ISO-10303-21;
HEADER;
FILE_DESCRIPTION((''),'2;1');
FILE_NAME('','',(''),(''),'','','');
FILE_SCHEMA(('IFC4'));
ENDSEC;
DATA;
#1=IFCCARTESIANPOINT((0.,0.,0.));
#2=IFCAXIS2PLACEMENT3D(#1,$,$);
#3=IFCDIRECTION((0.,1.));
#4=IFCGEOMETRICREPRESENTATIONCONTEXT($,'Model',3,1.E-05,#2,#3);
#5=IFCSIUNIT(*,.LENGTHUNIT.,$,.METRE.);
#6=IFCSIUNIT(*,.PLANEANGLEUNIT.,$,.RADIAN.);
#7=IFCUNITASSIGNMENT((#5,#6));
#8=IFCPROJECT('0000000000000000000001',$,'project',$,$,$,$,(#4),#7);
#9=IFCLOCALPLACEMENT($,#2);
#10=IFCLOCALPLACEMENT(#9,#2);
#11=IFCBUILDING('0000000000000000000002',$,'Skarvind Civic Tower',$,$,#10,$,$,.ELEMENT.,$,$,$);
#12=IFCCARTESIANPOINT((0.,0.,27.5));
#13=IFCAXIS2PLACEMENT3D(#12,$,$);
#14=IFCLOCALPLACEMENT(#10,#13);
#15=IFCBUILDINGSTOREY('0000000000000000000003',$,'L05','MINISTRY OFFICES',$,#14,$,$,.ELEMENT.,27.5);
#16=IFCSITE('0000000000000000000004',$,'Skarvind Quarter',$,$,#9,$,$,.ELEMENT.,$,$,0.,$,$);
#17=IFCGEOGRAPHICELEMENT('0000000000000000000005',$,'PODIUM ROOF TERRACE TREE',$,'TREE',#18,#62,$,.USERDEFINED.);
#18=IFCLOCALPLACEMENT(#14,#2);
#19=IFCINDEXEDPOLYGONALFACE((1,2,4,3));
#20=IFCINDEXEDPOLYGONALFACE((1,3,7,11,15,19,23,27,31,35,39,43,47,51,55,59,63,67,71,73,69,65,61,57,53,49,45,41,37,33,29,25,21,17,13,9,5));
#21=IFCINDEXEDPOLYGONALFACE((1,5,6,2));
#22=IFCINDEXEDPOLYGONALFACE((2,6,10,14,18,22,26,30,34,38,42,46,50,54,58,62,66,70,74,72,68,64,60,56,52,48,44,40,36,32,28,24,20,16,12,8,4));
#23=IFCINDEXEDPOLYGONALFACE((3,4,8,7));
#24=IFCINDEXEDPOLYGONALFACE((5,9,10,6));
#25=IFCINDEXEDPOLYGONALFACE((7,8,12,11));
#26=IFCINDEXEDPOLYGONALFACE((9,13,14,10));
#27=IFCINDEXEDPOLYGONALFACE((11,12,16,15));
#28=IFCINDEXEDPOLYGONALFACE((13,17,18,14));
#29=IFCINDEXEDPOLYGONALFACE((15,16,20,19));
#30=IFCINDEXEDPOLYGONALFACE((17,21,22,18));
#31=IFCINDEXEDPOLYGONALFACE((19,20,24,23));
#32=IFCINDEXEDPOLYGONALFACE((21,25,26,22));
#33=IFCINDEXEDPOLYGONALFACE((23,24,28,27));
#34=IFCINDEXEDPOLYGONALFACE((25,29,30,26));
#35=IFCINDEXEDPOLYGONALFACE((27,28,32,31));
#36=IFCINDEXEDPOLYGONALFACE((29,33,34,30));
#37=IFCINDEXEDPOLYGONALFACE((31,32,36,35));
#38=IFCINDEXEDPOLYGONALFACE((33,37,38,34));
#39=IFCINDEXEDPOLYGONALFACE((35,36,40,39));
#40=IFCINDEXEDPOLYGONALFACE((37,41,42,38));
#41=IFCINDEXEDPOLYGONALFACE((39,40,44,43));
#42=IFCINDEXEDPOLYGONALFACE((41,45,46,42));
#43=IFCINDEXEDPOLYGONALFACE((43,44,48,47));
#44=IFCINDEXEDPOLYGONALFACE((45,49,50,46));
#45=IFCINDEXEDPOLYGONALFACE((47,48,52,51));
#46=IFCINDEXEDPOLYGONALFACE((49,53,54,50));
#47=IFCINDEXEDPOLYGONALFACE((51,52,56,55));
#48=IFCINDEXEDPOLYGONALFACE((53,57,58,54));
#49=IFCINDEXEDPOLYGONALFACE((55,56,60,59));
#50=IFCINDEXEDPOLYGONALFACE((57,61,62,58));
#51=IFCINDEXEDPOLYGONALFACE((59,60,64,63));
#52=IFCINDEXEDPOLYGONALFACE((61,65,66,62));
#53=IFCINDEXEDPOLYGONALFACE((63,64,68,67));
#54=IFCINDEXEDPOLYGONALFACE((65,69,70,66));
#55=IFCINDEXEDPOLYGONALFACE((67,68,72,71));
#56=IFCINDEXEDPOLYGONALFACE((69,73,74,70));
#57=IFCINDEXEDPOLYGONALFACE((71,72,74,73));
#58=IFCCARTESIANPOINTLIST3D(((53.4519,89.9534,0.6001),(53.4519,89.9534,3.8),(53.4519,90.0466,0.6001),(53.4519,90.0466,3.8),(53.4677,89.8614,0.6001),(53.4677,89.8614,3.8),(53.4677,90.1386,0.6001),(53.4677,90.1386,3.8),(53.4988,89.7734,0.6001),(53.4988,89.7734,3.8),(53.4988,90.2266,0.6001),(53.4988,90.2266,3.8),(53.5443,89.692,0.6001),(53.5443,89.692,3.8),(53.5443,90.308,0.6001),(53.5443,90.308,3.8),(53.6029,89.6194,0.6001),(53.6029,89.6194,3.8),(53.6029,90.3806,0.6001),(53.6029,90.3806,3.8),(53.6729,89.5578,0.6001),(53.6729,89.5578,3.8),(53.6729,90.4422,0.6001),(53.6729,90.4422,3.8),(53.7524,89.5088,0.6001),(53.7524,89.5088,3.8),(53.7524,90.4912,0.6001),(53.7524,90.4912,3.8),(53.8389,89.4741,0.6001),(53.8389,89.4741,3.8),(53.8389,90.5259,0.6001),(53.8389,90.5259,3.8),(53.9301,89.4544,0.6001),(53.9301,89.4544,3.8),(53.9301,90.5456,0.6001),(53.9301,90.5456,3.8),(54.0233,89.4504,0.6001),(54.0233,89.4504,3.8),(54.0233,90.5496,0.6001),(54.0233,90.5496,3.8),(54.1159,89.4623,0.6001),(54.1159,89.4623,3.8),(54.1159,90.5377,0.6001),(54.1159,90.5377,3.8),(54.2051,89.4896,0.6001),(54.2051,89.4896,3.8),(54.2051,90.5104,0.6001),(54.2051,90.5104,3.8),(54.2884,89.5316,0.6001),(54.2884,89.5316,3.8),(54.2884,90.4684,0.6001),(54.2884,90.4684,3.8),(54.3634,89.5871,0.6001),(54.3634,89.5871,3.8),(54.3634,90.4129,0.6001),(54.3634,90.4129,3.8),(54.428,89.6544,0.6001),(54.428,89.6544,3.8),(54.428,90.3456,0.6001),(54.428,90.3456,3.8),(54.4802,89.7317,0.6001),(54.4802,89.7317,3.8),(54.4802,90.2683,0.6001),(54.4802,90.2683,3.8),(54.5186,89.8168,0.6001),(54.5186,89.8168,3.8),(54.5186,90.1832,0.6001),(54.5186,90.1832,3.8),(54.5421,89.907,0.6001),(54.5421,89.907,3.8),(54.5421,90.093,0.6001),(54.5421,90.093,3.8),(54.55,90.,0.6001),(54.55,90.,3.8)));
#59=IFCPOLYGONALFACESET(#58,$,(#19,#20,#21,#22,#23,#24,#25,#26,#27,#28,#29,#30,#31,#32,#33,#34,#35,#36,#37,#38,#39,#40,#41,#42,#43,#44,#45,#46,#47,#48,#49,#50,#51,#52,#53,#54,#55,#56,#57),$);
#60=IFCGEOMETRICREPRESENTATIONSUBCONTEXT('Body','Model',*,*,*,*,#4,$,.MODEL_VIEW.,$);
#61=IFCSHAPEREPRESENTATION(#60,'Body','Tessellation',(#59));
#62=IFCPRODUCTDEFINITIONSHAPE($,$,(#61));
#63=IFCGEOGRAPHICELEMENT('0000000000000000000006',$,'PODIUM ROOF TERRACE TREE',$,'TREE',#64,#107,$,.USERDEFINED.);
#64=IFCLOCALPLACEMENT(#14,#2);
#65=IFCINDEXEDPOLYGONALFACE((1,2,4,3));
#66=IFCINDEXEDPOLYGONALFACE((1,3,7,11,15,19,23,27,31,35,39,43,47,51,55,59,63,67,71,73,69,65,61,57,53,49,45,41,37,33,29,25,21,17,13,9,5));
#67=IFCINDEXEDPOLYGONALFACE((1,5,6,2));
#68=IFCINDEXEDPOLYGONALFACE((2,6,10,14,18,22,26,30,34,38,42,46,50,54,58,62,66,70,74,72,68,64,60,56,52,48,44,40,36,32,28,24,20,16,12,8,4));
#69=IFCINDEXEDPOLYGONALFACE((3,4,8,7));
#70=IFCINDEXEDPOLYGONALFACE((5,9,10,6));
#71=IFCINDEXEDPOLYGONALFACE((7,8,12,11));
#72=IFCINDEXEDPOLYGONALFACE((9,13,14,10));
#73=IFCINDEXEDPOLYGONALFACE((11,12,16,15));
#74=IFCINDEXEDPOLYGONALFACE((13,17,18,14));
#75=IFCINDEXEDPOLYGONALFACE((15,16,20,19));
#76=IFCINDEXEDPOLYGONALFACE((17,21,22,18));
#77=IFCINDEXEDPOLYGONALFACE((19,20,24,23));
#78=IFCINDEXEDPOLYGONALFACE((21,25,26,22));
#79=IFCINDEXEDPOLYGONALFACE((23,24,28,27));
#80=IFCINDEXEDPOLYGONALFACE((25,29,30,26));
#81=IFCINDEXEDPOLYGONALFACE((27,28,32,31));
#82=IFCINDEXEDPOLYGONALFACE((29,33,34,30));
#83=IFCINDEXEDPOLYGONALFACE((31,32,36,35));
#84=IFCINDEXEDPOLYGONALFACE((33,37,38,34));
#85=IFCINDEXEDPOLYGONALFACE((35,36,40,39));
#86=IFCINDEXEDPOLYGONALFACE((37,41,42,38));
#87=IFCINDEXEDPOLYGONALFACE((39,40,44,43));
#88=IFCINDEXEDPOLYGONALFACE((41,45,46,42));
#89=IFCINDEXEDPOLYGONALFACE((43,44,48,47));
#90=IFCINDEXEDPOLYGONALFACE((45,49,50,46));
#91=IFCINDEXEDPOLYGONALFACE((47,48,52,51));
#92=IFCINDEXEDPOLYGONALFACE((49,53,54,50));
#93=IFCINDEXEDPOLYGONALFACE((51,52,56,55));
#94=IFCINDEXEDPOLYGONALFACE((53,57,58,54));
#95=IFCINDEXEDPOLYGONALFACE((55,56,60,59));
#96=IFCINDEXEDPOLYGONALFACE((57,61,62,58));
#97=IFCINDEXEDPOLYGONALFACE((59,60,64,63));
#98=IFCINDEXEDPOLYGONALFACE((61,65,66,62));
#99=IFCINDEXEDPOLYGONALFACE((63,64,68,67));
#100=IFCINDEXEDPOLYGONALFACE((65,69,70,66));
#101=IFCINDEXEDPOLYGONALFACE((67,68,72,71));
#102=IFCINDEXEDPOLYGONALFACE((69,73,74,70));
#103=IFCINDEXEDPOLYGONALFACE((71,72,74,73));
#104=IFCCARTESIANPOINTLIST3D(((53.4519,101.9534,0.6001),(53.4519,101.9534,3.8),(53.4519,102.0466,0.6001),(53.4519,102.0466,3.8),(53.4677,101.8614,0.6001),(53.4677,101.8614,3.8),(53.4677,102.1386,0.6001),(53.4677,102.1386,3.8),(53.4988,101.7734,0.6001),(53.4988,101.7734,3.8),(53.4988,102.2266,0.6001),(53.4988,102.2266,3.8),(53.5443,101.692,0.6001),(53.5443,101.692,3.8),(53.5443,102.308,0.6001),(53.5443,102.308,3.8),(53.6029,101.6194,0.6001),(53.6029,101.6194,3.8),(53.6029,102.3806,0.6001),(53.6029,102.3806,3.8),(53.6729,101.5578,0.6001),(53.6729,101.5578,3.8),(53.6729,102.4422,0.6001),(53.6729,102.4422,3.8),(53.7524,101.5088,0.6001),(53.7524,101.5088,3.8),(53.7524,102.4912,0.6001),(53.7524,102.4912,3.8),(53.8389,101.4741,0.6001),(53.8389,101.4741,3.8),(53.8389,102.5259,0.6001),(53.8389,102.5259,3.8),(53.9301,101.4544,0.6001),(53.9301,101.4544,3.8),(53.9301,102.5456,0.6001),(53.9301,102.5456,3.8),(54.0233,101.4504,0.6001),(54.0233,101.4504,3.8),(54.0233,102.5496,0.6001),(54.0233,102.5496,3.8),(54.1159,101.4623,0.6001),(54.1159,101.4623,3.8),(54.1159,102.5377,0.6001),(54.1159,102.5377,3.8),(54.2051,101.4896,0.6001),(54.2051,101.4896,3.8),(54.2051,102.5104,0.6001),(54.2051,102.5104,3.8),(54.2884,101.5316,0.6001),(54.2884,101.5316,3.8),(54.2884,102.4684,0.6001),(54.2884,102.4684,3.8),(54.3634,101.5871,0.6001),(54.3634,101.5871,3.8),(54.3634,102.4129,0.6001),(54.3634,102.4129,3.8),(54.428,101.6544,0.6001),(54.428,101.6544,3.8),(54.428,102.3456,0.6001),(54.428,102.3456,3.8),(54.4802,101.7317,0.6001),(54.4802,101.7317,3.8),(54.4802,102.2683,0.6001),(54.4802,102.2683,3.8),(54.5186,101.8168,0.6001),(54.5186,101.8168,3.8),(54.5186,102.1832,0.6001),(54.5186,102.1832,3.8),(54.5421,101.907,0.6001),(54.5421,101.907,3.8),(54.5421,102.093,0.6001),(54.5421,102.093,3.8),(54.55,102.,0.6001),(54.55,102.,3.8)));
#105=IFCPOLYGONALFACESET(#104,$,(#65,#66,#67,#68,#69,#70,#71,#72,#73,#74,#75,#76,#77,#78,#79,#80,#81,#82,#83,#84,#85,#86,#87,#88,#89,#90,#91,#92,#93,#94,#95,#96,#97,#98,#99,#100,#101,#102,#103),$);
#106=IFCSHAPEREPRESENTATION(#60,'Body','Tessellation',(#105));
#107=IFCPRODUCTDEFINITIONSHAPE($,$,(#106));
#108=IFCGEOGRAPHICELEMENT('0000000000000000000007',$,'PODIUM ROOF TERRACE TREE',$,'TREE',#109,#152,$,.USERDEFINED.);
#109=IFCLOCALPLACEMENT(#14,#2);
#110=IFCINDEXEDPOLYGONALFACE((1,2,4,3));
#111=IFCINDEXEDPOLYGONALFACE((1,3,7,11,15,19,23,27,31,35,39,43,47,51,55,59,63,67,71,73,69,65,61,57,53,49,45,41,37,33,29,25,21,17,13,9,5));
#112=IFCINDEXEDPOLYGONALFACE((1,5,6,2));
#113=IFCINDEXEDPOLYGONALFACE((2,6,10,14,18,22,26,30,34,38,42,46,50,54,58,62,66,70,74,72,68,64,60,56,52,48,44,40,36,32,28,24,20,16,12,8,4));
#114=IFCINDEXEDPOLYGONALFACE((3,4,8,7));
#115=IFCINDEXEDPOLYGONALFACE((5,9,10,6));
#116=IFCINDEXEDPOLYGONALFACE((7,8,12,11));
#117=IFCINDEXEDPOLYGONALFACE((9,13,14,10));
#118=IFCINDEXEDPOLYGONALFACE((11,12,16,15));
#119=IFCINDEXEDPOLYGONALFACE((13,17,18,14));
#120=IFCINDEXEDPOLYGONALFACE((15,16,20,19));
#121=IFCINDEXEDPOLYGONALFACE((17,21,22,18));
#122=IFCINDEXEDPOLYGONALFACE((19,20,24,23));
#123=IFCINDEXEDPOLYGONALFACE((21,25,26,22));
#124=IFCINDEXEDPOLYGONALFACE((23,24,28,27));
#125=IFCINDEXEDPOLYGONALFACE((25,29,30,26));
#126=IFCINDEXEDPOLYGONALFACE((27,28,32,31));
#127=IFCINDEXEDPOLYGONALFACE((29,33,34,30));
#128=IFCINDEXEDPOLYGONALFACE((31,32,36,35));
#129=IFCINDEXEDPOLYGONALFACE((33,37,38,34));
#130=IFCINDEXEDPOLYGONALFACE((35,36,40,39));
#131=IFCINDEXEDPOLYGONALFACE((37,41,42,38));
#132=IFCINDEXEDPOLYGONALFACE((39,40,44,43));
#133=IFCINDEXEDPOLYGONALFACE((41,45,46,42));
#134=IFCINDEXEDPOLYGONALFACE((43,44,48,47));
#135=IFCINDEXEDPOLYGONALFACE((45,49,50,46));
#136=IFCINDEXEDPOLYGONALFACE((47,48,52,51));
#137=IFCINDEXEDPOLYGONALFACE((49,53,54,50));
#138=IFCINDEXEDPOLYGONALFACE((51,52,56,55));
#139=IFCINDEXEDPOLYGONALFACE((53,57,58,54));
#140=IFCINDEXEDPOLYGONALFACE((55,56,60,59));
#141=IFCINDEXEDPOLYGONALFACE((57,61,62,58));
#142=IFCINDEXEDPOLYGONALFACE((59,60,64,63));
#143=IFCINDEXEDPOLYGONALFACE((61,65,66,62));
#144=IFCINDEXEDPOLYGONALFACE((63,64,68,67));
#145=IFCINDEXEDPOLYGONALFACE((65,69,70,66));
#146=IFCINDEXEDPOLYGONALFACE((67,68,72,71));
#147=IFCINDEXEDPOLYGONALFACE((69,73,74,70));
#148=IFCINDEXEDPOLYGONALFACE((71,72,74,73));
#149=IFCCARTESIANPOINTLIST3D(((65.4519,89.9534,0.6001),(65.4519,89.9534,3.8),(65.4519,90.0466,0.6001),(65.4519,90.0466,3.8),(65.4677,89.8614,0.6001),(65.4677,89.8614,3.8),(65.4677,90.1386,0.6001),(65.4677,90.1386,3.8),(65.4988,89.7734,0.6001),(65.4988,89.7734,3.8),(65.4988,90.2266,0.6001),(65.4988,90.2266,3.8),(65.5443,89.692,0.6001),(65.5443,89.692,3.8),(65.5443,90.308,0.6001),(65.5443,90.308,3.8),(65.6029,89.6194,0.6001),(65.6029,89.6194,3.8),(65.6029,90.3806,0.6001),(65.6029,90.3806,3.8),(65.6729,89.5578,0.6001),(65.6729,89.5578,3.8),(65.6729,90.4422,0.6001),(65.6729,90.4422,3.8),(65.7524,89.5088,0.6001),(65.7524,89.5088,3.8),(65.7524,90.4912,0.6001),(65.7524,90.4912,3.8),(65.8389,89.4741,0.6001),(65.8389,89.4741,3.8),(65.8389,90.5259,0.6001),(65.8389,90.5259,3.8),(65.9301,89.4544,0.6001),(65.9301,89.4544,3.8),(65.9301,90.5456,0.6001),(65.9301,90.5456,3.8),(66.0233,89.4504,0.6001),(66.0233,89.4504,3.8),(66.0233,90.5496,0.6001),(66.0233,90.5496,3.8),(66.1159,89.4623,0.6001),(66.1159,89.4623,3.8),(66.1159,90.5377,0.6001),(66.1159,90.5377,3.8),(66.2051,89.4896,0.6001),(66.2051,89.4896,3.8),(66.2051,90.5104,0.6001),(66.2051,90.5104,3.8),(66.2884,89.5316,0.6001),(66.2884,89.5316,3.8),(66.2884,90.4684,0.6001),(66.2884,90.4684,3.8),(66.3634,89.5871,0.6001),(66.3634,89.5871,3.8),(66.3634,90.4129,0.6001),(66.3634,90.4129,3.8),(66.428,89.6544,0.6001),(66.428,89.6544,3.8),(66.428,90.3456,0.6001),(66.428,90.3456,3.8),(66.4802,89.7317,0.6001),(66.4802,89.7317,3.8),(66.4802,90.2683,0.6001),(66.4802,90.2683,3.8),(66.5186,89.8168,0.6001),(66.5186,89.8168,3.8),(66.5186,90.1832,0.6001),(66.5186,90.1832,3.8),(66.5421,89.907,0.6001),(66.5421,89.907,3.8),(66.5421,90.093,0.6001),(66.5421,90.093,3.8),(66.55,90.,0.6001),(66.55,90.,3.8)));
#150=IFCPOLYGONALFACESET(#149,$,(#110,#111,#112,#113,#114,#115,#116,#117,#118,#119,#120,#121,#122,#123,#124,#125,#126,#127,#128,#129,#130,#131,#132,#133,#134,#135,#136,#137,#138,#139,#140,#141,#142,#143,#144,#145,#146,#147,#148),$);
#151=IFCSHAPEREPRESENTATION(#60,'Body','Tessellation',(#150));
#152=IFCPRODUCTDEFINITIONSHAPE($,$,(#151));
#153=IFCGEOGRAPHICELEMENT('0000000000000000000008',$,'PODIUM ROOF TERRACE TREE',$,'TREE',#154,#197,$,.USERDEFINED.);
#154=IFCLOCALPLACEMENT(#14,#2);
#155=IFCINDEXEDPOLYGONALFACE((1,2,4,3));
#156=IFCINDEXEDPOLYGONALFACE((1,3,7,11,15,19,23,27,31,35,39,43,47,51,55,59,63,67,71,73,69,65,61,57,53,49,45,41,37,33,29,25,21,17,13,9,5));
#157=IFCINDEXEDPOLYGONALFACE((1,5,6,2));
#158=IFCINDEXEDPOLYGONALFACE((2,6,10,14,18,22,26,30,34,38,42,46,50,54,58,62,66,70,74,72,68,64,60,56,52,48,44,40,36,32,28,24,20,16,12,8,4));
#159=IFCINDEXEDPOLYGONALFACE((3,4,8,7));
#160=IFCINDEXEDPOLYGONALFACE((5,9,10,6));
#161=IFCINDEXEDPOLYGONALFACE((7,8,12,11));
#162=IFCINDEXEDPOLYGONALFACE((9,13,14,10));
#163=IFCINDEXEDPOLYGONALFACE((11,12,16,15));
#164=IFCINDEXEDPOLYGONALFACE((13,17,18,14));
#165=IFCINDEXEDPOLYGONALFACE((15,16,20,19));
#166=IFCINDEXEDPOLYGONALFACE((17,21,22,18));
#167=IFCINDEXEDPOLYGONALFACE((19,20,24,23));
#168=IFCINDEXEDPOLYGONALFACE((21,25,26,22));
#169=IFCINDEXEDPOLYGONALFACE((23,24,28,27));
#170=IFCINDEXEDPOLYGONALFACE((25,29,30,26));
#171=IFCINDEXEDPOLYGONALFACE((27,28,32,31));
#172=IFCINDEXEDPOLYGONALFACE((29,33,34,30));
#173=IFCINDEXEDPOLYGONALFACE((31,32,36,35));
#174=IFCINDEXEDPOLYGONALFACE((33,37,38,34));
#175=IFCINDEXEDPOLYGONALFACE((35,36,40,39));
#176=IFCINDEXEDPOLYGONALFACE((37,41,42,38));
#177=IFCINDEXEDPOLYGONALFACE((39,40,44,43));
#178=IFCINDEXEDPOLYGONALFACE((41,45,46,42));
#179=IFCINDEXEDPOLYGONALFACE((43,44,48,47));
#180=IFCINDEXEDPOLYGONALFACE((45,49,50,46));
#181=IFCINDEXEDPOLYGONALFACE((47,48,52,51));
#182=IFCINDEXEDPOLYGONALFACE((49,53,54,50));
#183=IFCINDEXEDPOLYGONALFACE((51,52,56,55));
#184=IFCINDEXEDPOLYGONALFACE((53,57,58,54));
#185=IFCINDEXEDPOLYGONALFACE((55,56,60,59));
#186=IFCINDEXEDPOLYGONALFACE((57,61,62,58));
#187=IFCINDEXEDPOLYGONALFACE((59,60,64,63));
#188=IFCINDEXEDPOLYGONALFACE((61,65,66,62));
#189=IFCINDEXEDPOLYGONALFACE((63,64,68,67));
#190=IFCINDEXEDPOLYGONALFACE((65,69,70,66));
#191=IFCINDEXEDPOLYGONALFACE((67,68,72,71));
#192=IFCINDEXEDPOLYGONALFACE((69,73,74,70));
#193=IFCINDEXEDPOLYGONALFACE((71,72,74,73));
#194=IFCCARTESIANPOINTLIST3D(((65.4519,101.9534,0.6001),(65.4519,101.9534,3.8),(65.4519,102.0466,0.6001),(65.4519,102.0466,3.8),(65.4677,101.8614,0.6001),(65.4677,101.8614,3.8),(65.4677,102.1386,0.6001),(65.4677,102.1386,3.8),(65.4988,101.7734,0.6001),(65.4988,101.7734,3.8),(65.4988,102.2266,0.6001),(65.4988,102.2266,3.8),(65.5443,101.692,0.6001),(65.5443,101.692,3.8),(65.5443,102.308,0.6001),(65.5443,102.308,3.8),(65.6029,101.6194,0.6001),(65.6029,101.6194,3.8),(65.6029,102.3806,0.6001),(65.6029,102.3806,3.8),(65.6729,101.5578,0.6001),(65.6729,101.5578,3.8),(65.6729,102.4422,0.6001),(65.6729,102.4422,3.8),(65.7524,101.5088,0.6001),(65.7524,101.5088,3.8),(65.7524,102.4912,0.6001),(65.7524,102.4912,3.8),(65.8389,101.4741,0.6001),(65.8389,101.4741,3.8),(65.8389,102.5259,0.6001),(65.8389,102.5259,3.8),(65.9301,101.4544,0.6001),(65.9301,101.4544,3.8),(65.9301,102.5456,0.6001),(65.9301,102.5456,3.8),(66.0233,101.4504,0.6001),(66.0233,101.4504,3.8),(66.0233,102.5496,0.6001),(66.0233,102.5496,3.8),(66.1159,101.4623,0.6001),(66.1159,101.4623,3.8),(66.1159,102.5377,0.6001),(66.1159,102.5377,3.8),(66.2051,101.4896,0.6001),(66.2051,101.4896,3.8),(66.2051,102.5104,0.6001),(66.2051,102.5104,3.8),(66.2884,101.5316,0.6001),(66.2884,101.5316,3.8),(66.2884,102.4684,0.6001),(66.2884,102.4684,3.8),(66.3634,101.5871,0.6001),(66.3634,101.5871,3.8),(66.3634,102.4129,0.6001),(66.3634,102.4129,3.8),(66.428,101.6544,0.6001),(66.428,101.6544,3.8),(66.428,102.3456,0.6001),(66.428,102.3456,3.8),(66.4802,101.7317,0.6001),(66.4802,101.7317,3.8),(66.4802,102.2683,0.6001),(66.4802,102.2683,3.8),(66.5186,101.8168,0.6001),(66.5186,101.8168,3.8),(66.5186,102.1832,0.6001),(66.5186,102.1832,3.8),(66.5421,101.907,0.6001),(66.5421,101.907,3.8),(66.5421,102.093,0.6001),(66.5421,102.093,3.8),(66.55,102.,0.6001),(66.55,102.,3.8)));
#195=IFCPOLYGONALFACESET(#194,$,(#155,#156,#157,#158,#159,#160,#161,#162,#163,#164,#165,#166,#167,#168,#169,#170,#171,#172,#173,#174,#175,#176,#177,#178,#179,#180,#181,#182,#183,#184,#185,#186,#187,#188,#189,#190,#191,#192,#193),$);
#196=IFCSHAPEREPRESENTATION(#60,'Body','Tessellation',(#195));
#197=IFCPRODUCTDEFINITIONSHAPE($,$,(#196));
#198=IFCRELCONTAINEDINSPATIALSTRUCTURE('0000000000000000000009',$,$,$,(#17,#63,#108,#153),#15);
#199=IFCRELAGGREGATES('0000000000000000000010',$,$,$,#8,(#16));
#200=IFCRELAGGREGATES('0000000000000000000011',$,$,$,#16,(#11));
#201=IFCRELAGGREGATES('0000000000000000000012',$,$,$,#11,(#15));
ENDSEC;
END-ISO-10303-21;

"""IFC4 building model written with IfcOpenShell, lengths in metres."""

from ifc_helpers import new_model, si_unit, direction, frame, origin, origin_2d, place, context, subcontext, project, spatial, circle, extrude, element, save


model = new_model("IFC4")

# Units and contexts
model_context = context("Model", 3, precision=1e-05, world=origin(), true_north=direction((0.0, 1.0)))
body_context = subcontext(model_context, "Body", "Model", "MODEL_VIEW")
ifc_project = project(units=[si_unit("LENGTHUNIT", "METRE"), si_unit("PLANEANGLEUNIT", "RADIAN")], contexts=[model_context])

# Site, building, storey
site_placement = place(None, origin())
site = spatial("IfcSite", under=ifc_project, at=site_placement, Name="Skarvind Quarter", CompositionType="ELEMENT", RefElevation=0.0)
building_placement = place(site_placement, origin())
building = spatial("IfcBuilding", under=site, at=building_placement, Name="Skarvind Civic Tower", CompositionType="ELEMENT")
storey_placement = place(building_placement, frame((0.0, 0.0, 27.5)))
storey = spatial("IfcBuildingStorey", under=building, at=storey_placement, Name="L05", Description="MINISTRY OFFICES", CompositionType="ELEMENT", Elevation=27.5)

# Geographic elements
for number, where, z_axis, x_axis, name in (
    (1, (54.0, 90.0, 0.6001), (0.0, 0.0, 1.0), (1.0, 0.0, 0.0), "PODIUM ROOF TERRACE TREE"),
    (2, (54.0, 102.0, 0.6001), (0.0, 0.0, 1.0), (1.0, 0.0, 0.0), "PODIUM ROOF TERRACE TREE"),
    (3, (66.0, 90.0, 0.6001), (0.0, 0.0, 1.0), (1.0, 0.0, 0.0), "PODIUM ROOF TERRACE TREE"),
    (4, (66.0, 102.0, 0.6001), (0.0, 0.0, 1.0), (1.0, 0.0, 0.0), "PODIUM ROOF TERRACE TREE"),
):
    element("IfcGeographicElement", number, at=place(storey_placement, frame(where, z_axis=z_axis, x_axis=x_axis)), inside=storey, Name=name, ObjectType="TREE", PredefinedType="USERDEFINED", context=body_context, shape_type="SweptSolid", body=[
        extrude(circle(Radius=0.55, at=origin_2d()), origin(), (0.0, 0.0, 1.0), 3.2),
    ])

save(model, "model.ifc")
